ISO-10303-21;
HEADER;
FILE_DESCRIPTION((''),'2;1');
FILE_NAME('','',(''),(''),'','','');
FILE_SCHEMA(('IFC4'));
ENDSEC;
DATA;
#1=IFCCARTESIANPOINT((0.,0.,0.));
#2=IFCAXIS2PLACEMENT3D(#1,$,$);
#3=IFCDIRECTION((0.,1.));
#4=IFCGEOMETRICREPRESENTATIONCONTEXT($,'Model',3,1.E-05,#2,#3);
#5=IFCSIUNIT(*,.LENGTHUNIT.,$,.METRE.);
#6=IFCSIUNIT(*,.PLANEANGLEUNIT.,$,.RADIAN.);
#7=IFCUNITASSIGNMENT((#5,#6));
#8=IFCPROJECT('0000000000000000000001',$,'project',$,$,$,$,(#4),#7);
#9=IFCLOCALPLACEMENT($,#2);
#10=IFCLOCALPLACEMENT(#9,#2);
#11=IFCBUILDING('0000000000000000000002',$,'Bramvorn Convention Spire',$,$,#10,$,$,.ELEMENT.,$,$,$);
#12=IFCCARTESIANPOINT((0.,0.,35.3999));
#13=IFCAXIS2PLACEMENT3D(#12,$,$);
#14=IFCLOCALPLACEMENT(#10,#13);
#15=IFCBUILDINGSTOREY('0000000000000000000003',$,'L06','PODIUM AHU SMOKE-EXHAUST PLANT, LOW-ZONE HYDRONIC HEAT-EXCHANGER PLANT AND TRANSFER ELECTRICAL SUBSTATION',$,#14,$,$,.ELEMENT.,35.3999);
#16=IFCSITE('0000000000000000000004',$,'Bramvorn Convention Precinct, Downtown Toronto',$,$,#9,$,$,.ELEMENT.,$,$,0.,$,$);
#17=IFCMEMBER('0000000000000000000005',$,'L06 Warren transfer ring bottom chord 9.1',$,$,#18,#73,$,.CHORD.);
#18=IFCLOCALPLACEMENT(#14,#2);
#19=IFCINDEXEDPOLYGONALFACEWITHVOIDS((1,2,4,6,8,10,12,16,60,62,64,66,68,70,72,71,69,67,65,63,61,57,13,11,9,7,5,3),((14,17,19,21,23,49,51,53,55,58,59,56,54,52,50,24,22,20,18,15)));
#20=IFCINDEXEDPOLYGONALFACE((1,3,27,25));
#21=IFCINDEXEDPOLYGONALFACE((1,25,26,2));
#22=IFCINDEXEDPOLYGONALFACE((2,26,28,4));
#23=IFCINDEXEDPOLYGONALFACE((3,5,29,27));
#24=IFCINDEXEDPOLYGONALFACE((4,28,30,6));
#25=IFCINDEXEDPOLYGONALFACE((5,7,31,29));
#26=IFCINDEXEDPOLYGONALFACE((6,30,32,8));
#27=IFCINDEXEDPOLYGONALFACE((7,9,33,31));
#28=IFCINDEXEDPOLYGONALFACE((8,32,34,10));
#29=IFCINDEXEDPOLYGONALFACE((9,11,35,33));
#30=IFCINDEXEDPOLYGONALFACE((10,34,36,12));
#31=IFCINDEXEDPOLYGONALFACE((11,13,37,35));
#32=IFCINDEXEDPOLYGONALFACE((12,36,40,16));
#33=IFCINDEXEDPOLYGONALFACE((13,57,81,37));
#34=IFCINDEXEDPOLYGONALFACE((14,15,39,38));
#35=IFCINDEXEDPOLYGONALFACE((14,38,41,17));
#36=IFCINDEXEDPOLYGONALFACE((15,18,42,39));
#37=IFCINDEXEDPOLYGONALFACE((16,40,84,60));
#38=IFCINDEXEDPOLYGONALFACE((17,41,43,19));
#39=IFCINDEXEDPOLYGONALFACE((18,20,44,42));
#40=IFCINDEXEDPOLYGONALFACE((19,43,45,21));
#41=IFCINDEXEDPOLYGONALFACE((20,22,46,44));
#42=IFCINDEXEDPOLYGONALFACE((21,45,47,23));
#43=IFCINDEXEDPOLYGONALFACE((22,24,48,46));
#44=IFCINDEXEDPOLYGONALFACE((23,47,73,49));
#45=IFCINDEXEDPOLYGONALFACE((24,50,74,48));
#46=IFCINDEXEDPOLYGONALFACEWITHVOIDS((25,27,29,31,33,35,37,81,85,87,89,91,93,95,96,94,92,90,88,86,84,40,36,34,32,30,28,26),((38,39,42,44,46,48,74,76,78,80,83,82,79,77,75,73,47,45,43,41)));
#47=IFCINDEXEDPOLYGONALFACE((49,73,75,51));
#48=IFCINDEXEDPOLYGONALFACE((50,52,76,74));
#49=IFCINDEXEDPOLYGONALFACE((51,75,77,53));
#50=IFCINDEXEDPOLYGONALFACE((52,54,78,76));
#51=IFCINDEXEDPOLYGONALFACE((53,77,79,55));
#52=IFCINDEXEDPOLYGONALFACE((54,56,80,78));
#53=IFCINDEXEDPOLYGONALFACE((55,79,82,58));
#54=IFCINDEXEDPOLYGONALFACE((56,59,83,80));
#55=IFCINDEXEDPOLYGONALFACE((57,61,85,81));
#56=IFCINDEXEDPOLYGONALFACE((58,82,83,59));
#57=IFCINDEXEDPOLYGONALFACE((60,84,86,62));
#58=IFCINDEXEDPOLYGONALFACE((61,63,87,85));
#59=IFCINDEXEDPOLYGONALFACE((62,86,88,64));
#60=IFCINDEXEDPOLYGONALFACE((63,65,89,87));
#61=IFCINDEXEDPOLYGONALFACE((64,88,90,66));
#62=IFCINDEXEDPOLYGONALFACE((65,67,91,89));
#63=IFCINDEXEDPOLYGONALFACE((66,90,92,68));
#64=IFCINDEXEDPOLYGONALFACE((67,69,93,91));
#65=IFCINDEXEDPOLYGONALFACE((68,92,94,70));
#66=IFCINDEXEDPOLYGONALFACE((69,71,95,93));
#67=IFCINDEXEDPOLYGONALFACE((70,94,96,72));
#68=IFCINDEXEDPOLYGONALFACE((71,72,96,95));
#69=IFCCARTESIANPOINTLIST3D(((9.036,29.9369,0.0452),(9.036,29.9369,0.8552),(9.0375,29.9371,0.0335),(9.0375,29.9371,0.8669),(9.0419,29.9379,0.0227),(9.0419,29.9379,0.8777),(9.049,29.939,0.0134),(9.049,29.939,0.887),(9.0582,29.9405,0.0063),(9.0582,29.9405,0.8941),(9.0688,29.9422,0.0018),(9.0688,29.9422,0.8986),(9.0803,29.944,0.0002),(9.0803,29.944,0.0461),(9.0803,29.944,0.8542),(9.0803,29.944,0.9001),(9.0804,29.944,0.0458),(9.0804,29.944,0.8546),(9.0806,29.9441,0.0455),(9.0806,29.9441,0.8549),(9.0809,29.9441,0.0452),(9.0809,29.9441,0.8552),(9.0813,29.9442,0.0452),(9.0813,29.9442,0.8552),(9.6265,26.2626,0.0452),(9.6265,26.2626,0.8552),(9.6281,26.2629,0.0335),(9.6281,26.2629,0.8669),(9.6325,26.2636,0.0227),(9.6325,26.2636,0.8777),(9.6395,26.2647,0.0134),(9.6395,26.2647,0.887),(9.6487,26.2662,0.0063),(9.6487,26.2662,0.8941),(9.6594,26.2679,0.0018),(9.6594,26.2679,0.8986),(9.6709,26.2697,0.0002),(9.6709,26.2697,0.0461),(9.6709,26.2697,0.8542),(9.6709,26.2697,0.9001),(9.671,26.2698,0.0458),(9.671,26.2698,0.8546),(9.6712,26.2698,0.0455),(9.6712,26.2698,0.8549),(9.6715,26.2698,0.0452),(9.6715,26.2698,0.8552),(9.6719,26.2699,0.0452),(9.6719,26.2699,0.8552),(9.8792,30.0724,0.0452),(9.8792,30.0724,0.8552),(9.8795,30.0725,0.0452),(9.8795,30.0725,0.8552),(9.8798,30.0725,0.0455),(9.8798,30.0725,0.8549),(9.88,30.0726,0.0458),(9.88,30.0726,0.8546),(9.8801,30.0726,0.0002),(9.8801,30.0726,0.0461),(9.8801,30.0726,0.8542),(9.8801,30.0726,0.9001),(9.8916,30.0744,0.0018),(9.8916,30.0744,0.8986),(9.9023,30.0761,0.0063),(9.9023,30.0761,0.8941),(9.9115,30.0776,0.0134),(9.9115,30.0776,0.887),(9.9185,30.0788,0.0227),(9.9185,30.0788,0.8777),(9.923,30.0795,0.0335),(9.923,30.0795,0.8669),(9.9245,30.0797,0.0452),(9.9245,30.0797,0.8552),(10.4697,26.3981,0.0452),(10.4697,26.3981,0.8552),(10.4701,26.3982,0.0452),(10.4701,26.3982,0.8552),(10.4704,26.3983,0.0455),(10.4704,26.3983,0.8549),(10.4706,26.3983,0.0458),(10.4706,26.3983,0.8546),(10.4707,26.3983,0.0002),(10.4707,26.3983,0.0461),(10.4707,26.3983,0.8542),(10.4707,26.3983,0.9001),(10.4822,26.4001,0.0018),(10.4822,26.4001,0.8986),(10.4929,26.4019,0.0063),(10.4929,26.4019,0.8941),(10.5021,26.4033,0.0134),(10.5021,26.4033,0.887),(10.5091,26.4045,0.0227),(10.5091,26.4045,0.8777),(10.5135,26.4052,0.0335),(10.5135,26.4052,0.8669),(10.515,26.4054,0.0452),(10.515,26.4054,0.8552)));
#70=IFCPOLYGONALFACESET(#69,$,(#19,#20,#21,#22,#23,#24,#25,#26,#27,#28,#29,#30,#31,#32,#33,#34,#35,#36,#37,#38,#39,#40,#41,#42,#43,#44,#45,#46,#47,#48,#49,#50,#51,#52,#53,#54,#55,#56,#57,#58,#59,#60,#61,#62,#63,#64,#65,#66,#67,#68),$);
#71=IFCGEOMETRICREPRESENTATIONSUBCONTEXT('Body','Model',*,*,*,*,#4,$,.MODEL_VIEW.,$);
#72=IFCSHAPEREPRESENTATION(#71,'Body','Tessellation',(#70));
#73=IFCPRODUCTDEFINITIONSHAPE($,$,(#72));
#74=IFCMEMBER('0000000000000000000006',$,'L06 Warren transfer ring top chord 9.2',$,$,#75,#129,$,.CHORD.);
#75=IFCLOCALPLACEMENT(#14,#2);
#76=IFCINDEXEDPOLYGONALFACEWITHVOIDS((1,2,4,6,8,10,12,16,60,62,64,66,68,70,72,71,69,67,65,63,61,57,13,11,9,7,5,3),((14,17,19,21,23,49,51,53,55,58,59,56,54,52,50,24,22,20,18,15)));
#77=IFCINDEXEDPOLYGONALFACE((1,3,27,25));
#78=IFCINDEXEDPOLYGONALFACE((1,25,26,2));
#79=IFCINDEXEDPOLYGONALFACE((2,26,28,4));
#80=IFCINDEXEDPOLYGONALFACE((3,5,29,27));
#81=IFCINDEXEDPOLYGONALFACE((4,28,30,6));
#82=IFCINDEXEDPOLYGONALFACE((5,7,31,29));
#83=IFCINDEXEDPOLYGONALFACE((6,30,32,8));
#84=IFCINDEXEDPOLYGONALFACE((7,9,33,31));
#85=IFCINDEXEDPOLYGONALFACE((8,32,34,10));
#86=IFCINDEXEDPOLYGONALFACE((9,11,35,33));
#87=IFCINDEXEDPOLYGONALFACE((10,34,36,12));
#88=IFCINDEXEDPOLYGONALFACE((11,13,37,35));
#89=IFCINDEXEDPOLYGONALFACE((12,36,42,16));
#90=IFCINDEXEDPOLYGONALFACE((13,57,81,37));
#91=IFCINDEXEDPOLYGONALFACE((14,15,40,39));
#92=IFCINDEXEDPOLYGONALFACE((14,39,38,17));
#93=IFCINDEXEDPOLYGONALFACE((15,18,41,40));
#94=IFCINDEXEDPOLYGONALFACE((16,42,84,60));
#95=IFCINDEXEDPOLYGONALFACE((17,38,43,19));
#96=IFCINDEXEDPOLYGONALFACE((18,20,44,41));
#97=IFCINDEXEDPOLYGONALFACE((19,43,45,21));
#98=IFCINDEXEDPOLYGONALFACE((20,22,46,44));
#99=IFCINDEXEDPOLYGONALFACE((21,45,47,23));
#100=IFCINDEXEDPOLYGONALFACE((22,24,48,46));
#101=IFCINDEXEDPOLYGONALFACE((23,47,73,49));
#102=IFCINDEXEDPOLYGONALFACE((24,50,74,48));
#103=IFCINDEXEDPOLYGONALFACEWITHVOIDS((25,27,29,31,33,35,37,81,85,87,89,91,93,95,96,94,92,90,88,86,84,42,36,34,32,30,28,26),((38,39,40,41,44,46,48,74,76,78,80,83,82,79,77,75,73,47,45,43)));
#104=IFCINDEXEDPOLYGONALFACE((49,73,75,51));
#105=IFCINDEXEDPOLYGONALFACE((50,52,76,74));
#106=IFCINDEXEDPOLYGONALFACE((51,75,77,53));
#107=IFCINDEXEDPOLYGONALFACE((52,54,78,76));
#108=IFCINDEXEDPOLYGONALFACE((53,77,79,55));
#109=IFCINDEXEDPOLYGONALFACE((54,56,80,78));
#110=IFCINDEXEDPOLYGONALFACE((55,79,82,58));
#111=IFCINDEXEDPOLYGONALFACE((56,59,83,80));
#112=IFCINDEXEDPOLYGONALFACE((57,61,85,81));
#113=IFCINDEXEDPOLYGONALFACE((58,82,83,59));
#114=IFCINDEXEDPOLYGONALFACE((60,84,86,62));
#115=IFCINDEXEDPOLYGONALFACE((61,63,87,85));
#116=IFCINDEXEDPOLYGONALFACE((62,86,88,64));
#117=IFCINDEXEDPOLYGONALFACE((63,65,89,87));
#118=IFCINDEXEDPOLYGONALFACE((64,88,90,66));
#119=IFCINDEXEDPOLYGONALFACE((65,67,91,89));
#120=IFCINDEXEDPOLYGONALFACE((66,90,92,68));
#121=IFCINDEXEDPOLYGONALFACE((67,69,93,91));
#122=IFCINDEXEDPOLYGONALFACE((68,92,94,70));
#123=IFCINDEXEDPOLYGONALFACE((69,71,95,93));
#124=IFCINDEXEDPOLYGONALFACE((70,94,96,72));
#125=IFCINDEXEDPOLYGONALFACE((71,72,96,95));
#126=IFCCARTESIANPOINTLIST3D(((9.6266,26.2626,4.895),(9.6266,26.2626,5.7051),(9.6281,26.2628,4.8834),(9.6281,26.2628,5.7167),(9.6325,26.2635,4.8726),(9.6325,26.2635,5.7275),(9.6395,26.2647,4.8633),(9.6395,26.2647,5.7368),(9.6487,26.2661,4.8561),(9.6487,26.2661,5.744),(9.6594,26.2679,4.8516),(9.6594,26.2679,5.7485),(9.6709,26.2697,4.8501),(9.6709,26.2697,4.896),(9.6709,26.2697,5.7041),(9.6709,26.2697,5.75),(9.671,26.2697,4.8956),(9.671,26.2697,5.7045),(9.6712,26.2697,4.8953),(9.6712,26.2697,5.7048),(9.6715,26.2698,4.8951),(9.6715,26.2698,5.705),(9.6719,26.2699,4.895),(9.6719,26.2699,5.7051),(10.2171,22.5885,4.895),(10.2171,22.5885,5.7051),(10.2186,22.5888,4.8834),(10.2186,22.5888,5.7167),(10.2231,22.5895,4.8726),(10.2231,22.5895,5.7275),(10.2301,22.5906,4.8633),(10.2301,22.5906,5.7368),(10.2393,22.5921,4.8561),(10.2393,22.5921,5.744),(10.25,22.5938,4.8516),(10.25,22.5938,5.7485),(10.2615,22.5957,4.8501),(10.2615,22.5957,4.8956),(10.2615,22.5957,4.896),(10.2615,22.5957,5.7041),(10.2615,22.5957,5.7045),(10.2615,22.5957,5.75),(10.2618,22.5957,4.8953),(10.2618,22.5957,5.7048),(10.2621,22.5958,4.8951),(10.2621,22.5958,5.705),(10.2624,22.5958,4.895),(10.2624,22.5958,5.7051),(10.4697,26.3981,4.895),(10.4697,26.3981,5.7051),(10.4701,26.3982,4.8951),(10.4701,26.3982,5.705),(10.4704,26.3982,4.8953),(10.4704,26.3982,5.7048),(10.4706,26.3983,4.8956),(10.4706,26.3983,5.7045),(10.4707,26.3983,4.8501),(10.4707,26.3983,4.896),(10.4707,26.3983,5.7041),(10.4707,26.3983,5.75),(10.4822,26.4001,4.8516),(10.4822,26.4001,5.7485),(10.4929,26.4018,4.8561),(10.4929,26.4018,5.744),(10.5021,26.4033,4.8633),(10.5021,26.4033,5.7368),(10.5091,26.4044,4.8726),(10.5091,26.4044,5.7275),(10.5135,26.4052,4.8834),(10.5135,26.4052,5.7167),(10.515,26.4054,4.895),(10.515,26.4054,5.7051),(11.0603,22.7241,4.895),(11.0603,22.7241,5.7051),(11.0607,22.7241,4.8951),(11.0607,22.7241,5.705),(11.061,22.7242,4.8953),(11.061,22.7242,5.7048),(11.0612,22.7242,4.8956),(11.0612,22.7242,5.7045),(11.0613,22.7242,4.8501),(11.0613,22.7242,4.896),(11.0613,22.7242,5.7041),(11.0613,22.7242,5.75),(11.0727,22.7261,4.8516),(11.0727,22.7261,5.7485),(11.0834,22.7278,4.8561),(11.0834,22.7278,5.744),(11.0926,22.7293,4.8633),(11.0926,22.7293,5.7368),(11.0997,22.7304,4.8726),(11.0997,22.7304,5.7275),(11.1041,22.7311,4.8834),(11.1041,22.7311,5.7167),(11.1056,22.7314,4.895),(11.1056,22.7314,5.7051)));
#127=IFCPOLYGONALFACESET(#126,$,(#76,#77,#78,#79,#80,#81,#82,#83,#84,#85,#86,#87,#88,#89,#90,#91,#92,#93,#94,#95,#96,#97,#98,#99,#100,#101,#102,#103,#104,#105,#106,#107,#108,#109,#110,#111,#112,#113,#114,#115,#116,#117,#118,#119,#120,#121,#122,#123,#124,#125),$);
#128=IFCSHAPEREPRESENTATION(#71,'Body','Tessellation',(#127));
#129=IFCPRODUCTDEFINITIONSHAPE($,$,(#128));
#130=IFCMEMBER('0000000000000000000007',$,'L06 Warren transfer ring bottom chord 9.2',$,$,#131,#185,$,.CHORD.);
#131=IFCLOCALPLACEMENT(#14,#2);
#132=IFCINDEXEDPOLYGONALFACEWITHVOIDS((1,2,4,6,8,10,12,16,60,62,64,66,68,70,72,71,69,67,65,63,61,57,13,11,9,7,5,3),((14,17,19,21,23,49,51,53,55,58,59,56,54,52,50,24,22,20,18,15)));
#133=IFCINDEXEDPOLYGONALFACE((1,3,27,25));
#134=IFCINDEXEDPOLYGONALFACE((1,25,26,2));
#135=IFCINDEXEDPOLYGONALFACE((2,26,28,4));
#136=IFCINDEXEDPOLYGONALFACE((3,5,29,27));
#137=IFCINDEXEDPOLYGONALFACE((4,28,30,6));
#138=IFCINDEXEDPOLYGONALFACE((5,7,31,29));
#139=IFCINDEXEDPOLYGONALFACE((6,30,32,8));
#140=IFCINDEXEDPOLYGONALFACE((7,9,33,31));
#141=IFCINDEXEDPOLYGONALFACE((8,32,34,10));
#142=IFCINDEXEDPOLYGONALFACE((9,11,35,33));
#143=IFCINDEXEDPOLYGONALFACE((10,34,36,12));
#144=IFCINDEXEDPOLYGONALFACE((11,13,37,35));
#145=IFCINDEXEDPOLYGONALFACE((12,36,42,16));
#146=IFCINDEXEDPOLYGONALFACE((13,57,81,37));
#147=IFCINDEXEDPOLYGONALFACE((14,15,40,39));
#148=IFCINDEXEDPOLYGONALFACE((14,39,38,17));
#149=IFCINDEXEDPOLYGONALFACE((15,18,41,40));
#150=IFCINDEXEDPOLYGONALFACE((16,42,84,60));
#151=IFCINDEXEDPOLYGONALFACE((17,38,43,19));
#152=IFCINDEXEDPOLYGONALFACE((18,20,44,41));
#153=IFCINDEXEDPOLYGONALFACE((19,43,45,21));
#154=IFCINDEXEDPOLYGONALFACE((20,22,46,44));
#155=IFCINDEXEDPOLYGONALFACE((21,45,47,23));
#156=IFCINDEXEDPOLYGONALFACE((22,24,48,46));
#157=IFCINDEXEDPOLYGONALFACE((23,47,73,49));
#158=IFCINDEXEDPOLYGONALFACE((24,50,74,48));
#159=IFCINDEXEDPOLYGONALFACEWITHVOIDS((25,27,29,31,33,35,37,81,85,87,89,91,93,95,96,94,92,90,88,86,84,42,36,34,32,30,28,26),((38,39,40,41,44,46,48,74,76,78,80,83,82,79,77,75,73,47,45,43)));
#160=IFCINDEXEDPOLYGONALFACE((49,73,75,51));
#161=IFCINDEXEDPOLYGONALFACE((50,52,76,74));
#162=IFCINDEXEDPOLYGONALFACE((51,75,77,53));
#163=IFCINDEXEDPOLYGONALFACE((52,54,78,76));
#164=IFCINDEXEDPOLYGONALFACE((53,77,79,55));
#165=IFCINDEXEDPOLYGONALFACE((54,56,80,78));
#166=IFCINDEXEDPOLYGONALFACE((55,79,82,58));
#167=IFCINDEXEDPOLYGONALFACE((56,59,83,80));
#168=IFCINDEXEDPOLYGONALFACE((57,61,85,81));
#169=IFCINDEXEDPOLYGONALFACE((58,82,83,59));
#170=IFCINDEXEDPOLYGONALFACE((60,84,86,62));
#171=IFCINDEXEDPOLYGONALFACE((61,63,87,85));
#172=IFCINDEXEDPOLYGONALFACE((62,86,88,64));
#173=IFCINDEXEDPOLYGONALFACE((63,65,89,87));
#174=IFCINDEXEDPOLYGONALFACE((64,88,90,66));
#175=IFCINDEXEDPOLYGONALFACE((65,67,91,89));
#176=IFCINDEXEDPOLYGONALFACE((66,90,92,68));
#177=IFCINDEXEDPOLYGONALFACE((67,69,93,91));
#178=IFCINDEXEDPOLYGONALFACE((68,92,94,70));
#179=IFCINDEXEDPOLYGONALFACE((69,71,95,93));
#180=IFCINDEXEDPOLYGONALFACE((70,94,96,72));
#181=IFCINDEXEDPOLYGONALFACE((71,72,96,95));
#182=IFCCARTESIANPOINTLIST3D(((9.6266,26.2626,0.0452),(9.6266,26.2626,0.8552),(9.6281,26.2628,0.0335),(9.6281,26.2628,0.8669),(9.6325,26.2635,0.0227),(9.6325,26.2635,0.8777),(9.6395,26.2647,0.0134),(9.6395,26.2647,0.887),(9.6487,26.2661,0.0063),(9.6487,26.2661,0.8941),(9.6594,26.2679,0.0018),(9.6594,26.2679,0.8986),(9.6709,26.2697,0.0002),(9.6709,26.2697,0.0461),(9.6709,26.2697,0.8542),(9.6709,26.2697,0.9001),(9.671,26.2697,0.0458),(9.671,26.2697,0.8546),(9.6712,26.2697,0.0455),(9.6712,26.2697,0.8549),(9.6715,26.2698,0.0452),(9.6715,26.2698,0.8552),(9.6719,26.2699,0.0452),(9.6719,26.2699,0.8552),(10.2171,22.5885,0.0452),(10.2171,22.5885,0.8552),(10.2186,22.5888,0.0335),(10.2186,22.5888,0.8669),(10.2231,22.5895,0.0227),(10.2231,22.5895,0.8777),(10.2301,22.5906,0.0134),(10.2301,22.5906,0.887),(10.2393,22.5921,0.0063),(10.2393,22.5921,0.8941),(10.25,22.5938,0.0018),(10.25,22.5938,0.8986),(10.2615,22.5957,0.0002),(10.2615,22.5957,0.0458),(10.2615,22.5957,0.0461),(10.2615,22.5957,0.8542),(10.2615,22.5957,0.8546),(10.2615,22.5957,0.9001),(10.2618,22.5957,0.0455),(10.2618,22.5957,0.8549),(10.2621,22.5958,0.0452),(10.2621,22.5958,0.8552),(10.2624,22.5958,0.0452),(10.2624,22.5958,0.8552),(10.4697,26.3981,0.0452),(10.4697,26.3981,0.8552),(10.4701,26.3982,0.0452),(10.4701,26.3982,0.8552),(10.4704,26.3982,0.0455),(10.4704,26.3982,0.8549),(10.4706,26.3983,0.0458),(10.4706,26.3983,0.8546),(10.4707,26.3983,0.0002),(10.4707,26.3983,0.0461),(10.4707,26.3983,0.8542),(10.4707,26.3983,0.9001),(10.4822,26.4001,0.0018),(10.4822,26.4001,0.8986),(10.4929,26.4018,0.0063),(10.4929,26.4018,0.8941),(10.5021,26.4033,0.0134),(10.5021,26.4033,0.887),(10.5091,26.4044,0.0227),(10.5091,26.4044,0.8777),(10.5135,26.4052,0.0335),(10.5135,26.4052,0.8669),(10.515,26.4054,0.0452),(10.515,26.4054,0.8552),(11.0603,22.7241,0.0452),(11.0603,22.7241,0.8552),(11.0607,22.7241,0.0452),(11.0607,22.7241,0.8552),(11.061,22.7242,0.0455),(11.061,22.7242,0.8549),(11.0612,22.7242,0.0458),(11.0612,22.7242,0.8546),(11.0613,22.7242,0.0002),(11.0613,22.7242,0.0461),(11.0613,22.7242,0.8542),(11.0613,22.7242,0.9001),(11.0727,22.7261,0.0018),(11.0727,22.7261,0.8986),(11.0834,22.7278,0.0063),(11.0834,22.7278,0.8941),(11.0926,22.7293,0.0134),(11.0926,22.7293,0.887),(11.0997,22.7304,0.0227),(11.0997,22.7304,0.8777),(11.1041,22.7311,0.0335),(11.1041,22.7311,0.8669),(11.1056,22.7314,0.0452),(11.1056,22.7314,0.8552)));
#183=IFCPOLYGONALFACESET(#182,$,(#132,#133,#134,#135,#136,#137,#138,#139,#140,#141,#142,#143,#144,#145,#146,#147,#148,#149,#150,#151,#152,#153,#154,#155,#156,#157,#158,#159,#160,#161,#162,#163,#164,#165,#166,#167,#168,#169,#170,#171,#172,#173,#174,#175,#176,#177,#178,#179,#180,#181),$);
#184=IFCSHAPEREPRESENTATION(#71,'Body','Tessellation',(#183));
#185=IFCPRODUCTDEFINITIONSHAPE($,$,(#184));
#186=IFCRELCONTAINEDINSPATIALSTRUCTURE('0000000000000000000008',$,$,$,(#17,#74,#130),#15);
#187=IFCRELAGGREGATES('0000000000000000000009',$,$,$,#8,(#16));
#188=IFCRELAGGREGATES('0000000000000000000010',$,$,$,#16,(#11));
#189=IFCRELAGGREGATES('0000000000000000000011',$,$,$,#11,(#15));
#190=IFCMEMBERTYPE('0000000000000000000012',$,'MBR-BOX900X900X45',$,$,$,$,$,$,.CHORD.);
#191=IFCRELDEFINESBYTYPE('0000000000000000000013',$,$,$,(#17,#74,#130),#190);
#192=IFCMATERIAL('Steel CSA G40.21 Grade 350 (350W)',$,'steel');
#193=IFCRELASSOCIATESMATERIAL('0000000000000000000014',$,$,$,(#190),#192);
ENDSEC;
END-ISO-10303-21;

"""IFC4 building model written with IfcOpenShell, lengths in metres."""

from ifc_helpers import new_model, si_unit, direction, frame, origin, origin_2d, place, context, subcontext, project, spatial, hollow_rectangle, extrude, material, material_profile, profile_set, type_object, element, save


model = new_model("IFC4")

# Units and contexts
model_context = context("Model", 3, precision=1e-05, world=origin(), true_north=direction((0.0, 1.0)))
body_context = subcontext(model_context, "Body", "Model", "MODEL_VIEW")
ifc_project = project(units=[si_unit("LENGTHUNIT", "METRE"), si_unit("PLANEANGLEUNIT", "RADIAN")], contexts=[model_context])

# Site, building, storey
site_placement = place(None, origin())
site = spatial("IfcSite", under=ifc_project, at=site_placement, Name="Bramvorn Convention Precinct, Downtown Toronto", CompositionType="ELEMENT", RefElevation=0.0)
building_placement = place(site_placement, origin())
building = spatial("IfcBuilding", under=site, at=building_placement, Name="Bramvorn Convention Spire", CompositionType="ELEMENT")
storey_placement = place(building_placement, frame((0.0, 0.0, 35.3999)))
storey = spatial("IfcBuildingStorey", under=building, at=storey_placement, Name="L06", Description="PODIUM AHU SMOKE-EXHAUST PLANT, LOW-ZONE HYDRONIC HEAT-EXCHANGER PLANT AND TRANSFER ELECTRICAL SUBSTATION", CompositionType="ELEMENT", Elevation=35.3999)

# Shared definitions
ifc_material_1 = material(Name="Steel CSA G40.21 Grade 350 (350W)", Category="steel")

# Members
ifc_material_profile_1 = material_profile(ifc_material_1, hollow_rectangle(XDim=0.8999, YDim=0.8999, WallThickness=0.0449, InnerFilletRadius=0.001, OuterFilletRadius=0.0449, at=origin_2d()))
ifc_profile_set_1 = profile_set([ifc_material_profile_1], Name="Steel CSA G40.21 Grade 350 (350W) - BOX900X900X45")
member_type_1 = type_object("IfcMemberType", Name="MBR-BOX900X900X45", PredefinedType="CHORD", material=ifc_profile_set_1)
for number, where, z_axis, x_axis, name in (
    (1, (9.4802, 30.0083, 0.4502), (0.158694, -0.987328, 0.0), (0.987328, 0.158694, 0.0), "L06 Warren transfer ring bottom chord 9.1"),
):
    element("IfcMember", number, at=place(storey_placement, frame(where, z_axis=z_axis, x_axis=x_axis)), inside=storey, type_object=member_type_1, Name=name, PredefinedType="CHORD", context=body_context, shape_type="SweptSolid", body=[
        extrude(hollow_rectangle(XDim=0.8999, YDim=0.8999, WallThickness=0.0449, InnerFilletRadius=0.001, OuterFilletRadius=0.0449, at=origin_2d()), origin(), (0.0, 0.0, 1.0), 3.7214),
    ])
for number, where, z_axis, x_axis, name in (
    (2, (10.0708, 26.334, 5.3), (0.158704, -0.987326, 0.0), (0.987326, 0.158704, 0.0), "L06 Warren transfer ring top chord 9.2"),
    (3, (10.0708, 26.334, 0.4502), (0.158704, -0.987326, 0.0), (0.987326, 0.158704, 0.0), "L06 Warren transfer ring bottom chord 9.2"),
):
    element("IfcMember", number, at=place(storey_placement, frame(where, z_axis=z_axis, x_axis=x_axis)), inside=storey, type_object=member_type_1, Name=name, PredefinedType="CHORD", context=body_context, shape_type="SweptSolid", body=[
        extrude(hollow_rectangle(XDim=0.8999, YDim=0.8999, WallThickness=0.0449, InnerFilletRadius=0.001, OuterFilletRadius=0.0449, at=origin_2d()), origin(), (0.0, 0.0, 1.0), 3.7212),
    ])

save(model, "model.ifc")
